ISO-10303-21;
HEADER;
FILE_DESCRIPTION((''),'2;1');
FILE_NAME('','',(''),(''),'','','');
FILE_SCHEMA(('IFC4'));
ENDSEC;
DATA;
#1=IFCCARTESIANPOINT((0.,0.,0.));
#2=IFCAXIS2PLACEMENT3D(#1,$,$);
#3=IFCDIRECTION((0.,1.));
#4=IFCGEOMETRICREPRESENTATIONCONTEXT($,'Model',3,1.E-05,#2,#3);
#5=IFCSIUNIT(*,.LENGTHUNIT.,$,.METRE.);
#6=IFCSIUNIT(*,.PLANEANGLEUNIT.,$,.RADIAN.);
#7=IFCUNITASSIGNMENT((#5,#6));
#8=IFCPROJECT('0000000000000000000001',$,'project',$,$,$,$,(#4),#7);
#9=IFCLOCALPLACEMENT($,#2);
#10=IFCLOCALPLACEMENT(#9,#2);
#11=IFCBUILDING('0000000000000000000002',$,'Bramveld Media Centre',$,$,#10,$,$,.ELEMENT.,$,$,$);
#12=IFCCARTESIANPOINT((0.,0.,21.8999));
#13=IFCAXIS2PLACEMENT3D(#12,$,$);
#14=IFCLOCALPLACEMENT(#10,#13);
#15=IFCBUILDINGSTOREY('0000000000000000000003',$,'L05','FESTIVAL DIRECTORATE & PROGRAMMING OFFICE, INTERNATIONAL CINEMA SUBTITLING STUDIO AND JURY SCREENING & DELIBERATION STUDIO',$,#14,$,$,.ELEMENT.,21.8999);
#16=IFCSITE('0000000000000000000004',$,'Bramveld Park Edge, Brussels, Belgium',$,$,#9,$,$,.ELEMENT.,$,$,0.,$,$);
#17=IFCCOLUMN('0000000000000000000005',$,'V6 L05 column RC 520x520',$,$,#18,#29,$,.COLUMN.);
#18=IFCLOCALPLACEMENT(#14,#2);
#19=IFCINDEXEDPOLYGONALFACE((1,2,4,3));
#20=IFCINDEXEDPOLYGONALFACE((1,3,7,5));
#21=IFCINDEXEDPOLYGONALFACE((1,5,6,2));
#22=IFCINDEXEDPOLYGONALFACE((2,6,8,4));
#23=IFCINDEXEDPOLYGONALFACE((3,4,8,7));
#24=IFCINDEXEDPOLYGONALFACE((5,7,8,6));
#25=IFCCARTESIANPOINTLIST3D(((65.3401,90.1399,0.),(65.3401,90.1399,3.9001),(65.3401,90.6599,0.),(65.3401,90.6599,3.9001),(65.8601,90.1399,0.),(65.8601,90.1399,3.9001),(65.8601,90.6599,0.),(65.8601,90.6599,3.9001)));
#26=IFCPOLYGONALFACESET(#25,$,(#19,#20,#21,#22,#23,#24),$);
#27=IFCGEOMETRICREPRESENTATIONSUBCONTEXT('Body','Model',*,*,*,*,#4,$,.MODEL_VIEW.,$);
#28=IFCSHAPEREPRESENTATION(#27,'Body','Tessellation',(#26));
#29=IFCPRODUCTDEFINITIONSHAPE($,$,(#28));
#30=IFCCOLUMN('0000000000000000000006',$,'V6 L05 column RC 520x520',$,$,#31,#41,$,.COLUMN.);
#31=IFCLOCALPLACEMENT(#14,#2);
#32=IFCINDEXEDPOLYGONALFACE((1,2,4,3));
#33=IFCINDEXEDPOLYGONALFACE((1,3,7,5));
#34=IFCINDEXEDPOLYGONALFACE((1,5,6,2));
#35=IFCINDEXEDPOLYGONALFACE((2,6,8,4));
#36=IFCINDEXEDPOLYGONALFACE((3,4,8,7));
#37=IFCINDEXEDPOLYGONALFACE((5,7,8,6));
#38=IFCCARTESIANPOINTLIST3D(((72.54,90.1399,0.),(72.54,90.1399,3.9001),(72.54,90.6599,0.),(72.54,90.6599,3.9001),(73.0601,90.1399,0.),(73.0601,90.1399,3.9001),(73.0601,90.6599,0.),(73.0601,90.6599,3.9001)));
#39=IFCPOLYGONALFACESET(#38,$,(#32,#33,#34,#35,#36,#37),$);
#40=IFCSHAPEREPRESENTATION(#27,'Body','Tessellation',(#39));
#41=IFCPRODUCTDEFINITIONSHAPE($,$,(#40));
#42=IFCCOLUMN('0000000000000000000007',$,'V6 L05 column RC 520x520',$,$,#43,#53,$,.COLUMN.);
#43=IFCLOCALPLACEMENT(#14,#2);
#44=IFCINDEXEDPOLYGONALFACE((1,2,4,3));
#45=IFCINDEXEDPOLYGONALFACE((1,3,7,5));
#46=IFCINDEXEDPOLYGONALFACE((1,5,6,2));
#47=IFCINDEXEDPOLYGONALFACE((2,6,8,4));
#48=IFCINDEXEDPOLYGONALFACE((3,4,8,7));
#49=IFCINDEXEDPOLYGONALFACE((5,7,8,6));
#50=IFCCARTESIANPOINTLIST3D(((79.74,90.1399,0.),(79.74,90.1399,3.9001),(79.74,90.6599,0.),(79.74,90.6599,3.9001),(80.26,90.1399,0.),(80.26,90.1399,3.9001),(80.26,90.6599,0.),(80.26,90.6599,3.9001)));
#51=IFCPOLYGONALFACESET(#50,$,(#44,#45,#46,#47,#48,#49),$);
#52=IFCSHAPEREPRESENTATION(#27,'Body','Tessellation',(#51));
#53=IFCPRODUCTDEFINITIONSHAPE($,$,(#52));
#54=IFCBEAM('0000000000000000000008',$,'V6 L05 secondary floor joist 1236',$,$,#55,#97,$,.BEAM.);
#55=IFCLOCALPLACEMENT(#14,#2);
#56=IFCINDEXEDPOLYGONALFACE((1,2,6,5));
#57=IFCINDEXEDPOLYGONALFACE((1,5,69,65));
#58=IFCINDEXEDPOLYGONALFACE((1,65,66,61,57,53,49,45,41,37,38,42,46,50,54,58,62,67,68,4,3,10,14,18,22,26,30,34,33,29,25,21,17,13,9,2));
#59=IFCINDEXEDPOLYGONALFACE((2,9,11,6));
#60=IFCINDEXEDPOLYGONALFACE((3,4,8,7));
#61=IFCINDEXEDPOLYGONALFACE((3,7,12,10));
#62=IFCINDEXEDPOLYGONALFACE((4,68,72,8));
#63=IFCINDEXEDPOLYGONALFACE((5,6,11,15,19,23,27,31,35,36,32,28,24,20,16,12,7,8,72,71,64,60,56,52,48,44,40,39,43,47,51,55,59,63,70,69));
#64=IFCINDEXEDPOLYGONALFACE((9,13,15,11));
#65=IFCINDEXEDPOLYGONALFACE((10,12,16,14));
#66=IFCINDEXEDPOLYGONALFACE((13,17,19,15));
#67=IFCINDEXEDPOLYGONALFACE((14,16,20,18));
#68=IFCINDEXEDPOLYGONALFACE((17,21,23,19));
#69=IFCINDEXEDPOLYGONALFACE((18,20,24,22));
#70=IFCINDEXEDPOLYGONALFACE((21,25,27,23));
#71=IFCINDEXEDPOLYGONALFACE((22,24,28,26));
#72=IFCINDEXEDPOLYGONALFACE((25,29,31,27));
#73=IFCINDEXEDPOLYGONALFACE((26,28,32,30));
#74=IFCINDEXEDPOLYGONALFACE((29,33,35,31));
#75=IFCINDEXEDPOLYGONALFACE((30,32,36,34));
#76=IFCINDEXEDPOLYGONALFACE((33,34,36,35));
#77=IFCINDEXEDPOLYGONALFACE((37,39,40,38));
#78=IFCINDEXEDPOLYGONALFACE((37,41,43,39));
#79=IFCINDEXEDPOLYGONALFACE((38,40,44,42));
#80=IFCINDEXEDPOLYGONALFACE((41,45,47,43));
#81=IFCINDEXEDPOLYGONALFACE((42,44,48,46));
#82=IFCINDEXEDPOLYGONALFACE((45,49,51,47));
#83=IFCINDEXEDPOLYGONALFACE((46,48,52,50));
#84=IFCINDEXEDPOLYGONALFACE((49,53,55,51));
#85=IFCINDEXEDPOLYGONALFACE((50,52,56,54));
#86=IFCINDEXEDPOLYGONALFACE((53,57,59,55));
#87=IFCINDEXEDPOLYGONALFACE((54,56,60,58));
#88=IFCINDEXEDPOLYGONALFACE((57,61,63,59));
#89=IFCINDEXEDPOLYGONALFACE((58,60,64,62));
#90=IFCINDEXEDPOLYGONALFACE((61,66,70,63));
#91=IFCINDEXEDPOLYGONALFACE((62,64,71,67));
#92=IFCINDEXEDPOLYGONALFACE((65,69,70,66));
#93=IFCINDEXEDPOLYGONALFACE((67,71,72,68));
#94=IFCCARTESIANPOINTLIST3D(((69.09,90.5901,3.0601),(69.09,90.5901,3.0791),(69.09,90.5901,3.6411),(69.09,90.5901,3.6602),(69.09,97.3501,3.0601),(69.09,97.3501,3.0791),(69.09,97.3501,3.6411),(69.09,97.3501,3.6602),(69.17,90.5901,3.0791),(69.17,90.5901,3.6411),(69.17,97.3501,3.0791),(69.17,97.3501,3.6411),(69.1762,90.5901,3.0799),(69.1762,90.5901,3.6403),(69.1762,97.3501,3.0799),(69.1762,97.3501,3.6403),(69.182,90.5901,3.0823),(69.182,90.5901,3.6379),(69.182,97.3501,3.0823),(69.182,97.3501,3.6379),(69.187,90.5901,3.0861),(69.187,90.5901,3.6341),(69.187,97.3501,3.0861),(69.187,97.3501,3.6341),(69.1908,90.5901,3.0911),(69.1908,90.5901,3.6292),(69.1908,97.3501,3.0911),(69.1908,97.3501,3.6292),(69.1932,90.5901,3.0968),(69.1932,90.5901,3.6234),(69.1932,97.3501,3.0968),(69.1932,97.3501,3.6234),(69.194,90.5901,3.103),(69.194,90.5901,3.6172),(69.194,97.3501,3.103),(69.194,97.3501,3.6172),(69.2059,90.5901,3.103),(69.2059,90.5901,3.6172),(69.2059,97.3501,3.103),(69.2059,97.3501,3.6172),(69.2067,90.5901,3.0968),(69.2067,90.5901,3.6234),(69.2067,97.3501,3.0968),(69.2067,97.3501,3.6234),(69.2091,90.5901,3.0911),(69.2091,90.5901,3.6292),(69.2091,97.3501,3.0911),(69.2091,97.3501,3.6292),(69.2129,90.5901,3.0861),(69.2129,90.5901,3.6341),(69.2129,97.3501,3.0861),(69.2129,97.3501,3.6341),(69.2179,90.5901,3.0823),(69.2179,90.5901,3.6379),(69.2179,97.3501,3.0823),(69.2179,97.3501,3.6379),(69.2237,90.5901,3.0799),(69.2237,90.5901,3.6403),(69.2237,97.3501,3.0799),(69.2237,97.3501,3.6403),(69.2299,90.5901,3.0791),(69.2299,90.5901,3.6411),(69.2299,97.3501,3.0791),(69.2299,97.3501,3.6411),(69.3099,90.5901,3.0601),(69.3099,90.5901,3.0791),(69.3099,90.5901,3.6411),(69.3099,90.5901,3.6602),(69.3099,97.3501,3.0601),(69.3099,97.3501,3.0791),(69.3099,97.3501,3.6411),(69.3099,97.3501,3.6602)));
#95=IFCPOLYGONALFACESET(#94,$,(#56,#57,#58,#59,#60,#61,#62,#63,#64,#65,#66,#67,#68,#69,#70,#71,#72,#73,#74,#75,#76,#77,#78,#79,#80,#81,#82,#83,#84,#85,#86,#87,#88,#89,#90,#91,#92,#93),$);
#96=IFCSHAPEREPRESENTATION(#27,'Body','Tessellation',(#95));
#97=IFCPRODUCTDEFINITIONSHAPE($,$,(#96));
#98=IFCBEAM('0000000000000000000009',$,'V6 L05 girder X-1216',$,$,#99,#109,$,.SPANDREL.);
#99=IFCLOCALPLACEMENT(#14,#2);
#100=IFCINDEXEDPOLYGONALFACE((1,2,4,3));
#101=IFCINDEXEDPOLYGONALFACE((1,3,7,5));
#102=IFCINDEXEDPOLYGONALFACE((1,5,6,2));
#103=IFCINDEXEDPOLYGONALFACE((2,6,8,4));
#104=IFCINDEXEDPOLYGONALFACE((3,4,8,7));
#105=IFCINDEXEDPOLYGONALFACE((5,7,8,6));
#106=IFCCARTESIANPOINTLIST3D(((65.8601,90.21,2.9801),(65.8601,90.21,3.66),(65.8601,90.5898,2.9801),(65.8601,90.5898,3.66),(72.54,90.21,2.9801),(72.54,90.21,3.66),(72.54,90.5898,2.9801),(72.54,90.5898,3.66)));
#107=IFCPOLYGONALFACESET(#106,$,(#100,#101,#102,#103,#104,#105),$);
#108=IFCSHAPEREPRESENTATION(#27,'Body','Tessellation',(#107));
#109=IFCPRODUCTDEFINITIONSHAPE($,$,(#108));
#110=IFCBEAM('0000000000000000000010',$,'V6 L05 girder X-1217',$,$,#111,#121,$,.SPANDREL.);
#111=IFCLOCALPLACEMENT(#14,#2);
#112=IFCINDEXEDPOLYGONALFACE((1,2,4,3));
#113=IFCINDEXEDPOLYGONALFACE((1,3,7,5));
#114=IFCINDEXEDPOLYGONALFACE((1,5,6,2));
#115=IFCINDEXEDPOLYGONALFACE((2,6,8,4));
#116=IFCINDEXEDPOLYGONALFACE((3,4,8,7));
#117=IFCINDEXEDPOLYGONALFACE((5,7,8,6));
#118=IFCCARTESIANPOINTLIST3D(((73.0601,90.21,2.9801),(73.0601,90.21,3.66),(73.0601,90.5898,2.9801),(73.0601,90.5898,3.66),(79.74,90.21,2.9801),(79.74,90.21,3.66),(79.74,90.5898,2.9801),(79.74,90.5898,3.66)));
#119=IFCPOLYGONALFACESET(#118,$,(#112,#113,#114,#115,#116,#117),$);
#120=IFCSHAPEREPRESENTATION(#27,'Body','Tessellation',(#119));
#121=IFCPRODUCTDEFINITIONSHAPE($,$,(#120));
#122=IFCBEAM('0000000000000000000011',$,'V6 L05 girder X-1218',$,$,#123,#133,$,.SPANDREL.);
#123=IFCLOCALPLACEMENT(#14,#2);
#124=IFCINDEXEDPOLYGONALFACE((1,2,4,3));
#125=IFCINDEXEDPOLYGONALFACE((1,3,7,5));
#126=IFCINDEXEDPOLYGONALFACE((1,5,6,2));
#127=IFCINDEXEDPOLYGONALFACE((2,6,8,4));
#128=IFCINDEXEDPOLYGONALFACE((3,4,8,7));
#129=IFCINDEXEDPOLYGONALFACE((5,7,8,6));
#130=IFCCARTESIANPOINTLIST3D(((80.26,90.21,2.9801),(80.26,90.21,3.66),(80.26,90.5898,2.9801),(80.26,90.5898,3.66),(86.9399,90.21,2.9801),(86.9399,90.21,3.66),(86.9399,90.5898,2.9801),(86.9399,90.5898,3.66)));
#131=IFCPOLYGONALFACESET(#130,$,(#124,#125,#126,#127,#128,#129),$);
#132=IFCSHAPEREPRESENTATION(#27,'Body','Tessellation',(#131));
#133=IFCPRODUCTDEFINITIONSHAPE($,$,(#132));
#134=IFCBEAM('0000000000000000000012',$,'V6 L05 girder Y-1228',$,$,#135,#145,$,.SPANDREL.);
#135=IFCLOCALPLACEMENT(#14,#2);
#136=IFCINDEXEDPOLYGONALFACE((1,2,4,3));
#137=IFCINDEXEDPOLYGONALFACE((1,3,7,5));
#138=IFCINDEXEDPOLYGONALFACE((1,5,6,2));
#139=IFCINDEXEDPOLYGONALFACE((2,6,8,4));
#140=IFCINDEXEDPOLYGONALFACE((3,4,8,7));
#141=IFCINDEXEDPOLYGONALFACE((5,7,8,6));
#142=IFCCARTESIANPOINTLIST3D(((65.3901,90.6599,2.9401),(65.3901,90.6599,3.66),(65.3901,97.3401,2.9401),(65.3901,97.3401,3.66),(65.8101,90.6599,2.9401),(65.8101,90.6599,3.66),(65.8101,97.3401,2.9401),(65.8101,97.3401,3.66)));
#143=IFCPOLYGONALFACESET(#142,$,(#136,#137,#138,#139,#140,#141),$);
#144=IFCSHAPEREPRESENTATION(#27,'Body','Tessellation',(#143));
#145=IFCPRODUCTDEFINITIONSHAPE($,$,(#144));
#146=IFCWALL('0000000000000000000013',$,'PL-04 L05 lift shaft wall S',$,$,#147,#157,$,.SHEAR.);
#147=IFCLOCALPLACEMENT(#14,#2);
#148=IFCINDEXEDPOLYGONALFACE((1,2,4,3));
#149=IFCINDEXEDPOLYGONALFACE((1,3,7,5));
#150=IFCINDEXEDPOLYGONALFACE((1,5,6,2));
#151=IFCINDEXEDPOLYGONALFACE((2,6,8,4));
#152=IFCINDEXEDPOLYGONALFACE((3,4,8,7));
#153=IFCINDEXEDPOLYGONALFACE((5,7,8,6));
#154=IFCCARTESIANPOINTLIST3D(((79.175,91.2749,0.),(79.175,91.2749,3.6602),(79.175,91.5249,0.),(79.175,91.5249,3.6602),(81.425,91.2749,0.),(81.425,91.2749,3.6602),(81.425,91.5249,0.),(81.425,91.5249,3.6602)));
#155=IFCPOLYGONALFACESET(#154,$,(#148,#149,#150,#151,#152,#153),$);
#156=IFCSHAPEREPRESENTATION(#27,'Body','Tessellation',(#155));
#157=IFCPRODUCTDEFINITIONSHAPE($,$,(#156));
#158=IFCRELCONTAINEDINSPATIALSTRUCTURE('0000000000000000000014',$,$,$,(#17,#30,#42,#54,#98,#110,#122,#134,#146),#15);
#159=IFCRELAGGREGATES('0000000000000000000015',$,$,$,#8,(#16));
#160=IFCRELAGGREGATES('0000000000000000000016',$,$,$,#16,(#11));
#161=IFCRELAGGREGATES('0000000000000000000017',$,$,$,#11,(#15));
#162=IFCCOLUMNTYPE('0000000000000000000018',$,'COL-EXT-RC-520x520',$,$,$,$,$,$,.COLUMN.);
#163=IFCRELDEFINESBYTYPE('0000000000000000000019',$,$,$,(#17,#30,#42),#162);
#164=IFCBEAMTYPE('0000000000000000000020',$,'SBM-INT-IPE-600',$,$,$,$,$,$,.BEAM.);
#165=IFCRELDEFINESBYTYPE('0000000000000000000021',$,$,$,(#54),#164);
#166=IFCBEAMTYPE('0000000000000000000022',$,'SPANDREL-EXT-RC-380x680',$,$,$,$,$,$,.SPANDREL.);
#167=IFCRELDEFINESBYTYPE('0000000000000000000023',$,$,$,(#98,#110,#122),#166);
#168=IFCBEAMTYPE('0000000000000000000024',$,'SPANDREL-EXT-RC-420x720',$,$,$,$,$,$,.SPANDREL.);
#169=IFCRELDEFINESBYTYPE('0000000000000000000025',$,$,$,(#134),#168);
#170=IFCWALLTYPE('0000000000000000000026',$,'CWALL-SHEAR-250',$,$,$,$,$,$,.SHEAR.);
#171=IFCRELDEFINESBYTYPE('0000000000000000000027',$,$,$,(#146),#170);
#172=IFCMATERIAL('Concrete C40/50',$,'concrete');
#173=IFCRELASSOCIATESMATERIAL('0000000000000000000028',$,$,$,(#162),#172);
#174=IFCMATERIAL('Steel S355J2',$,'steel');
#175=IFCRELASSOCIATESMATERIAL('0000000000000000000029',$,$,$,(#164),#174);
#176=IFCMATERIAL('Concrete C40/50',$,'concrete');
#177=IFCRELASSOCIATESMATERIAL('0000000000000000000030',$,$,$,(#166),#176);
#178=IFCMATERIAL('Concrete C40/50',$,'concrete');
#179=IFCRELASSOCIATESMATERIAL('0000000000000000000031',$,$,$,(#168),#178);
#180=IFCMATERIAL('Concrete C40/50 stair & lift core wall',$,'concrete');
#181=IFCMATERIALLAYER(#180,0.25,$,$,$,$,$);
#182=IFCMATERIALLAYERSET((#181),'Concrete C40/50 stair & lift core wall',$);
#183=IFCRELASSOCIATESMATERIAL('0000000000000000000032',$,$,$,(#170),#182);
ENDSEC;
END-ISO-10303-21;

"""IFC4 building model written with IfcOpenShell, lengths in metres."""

from ifc_helpers import new_model, si_unit, direction, frame, frame_2d, origin, origin_2d, place, context, subcontext, project, spatial, rectangle, i_section, extrude, material, layer, layer_set, material_profile, profile_set, type_object, element, save


model = new_model("IFC4")

# Units and contexts
model_context = context("Model", 3, precision=1e-05, world=origin(), true_north=direction((0.0, 1.0)))
body_context = subcontext(model_context, "Body", "Model", "MODEL_VIEW")
ifc_project = project(units=[si_unit("LENGTHUNIT", "METRE"), si_unit("PLANEANGLEUNIT", "RADIAN")], contexts=[model_context])

# Site, building, storey
site_placement = place(None, origin())
site = spatial("IfcSite", under=ifc_project, at=site_placement, Name="Bramveld Park Edge, Brussels, Belgium", CompositionType="ELEMENT", RefElevation=0.0)
building_placement = place(site_placement, origin())
building = spatial("IfcBuilding", under=site, at=building_placement, Name="Bramveld Media Centre", CompositionType="ELEMENT")
storey_placement = place(building_placement, frame((0.0, 0.0, 21.8999)))
storey = spatial("IfcBuildingStorey", under=building, at=storey_placement, Name="L05", Description="FESTIVAL DIRECTORATE & PROGRAMMING OFFICE, INTERNATIONAL CINEMA SUBTITLING STUDIO AND JURY SCREENING & DELIBERATION STUDIO", CompositionType="ELEMENT", Elevation=21.8999)

# Columns
ifc_material_1 = material(Name="Concrete C40/50", Category="concrete")
ifc_material_profile_1 = material_profile(ifc_material_1, rectangle(XDim=0.52, YDim=0.52, at=origin_2d()), Name="RC 520x520")
ifc_profile_set_1 = profile_set([ifc_material_profile_1], Name="Concrete C40/50")
column_type = type_object("IfcColumnType", Name="COL-EXT-RC-520x520", PredefinedType="COLUMN", material=ifc_profile_set_1)
for number, where, z_axis, x_axis, name in (
    (1, (65.6001, 90.3999, 0.0), (0.0, 0.0, 1.0), (1.0, 0.0, 0.0), "V6 L05 column RC 520x520"),
    (2, (72.8, 90.3999, 0.0), (0.0, 0.0, 1.0), (1.0, 0.0, 0.0), "V6 L05 column RC 520x520"),
    (3, (80.0, 90.3999, 0.0), (0.0, 0.0, 1.0), (1.0, 0.0, 0.0), "V6 L05 column RC 520x520"),
):
    element("IfcColumn", number, at=place(storey_placement, frame(where, z_axis=z_axis, x_axis=x_axis)), inside=storey, type_object=column_type, Name=name, PredefinedType="COLUMN", context=body_context, shape_type="SweptSolid", body=[
        extrude(rectangle(XDim=0.52, YDim=0.52, at=origin_2d()), origin(), (0.0, 0.0, 1.0), 3.9001),
    ])

# Beams
ifc_material_2 = material(Name="Steel S355J2", Category="steel")
ifc_material_profile_2 = material_profile(ifc_material_2, i_section(OverallWidth=0.22, OverallDepth=0.6001, WebThickness=0.012, FlangeThickness=0.019, FilletRadius=0.0239, at=origin_2d()), Name="IPE 600")
ifc_profile_set_2 = profile_set([ifc_material_profile_2], Name="Steel S355J2")
beam_type_1 = type_object("IfcBeamType", Name="SBM-INT-IPE-600", PredefinedType="BEAM", material=ifc_profile_set_2)
beam_1_placement = place(storey_placement, frame((69.2, 90.5901, 3.3601), z_axis=(0.0, 1.0, 0.0), x_axis=(-1.0, 0.0, 0.0)))
element("IfcBeam", 4, at=beam_1_placement, inside=storey, type_object=beam_type_1, Name="V6 L05 secondary floor joist 1236", PredefinedType="BEAM", context=body_context, shape_type="SweptSolid", body=[
    extrude(i_section(OverallWidth=0.22, OverallDepth=0.6001, WebThickness=0.012, FlangeThickness=0.019, FilletRadius=0.0239, at=origin_2d()), origin(), (0.0, 0.0, 1.0), 6.76),
])
ifc_material_3 = material(Name="Concrete C40/50", Category="concrete")
ifc_material_profile_3 = material_profile(ifc_material_3, rectangle(XDim=0.3799, YDim=0.6799, at=origin_2d()), Name="RC 380x680")
ifc_profile_set_3 = profile_set([ifc_material_profile_3], Name="Concrete C40/50")
beam_type_2 = type_object("IfcBeamType", Name="SPANDREL-EXT-RC-380x680", PredefinedType="SPANDREL", material=ifc_profile_set_3)
for number, where, z_axis, x_axis, name in (
    (5, (65.8601, 90.3999, 3.3201), (1.0, 0.0, 0.0), (0.0, 1.0, 0.0), "V6 L05 girder X-1216"),
    (6, (73.0601, 90.3999, 3.3201), (1.0, 0.0, 0.0), (0.0, 1.0, 0.0), "V6 L05 girder X-1217"),
    (7, (80.26, 90.3999, 3.3201), (1.0, 0.0, 0.0), (0.0, 1.0, 0.0), "V6 L05 girder X-1218"),
):
    element("IfcBeam", number, at=place(storey_placement, frame(where, z_axis=z_axis, x_axis=x_axis)), inside=storey, type_object=beam_type_2, Name=name, PredefinedType="SPANDREL", context=body_context, shape_type="SweptSolid", body=[
        extrude(rectangle(XDim=0.3799, YDim=0.6799, at=origin_2d()), origin(), (0.0, 0.0, 1.0), 6.6799),
    ])
ifc_material_4 = material(Name="Concrete C40/50", Category="concrete")
ifc_material_profile_4 = material_profile(ifc_material_4, rectangle(XDim=0.4199, YDim=0.72, at=origin_2d()), Name="RC 420x720")
ifc_profile_set_4 = profile_set([ifc_material_profile_4], Name="Concrete C40/50")
beam_type_3 = type_object("IfcBeamType", Name="SPANDREL-EXT-RC-420x720", PredefinedType="SPANDREL", material=ifc_profile_set_4)
beam_2_placement = place(storey_placement, frame((65.6001, 90.6599, 3.3), z_axis=(0.0, 1.0, 0.0), x_axis=(-1.0, 0.0, 0.0)))
element("IfcBeam", 8, at=beam_2_placement, inside=storey, type_object=beam_type_3, Name="V6 L05 girder Y-1228", PredefinedType="SPANDREL", context=body_context, shape_type="SweptSolid", body=[
    extrude(rectangle(XDim=0.4199, YDim=0.72, at=origin_2d()), origin(), (0.0, 0.0, 1.0), 6.6802),
])

# Wall
ifc_material_5 = material(Name="Concrete C40/50 stair & lift core wall", Category="concrete")
ifc_layer_1 = layer(ifc_material_5, 0.25)
ifc_layer_set_1 = layer_set([ifc_layer_1], Name="Concrete C40/50 stair & lift core wall")
wall_type_1 = type_object("IfcWallType", Name="CWALL-SHEAR-250", PredefinedType="SHEAR", material=ifc_layer_set_1)
wall_1_placement = place(storey_placement, frame((79.175, 91.3999, 0.0), z_axis=(0.0, 0.0, 1.0), x_axis=(1.0, 0.0, 0.0)))
element("IfcWall", 9, at=wall_1_placement, inside=storey, type_object=wall_type_1, Name="PL-04 L05 lift shaft wall S", PredefinedType="SHEAR", context=body_context, shape_type="SweptSolid", body=[
    extrude(rectangle(XDim=2.25, YDim=0.25, at=frame_2d((1.125, 0.0))), origin(), (0.0, 0.0, 1.0), 3.6602),
])

save(model, "model.ifc")
